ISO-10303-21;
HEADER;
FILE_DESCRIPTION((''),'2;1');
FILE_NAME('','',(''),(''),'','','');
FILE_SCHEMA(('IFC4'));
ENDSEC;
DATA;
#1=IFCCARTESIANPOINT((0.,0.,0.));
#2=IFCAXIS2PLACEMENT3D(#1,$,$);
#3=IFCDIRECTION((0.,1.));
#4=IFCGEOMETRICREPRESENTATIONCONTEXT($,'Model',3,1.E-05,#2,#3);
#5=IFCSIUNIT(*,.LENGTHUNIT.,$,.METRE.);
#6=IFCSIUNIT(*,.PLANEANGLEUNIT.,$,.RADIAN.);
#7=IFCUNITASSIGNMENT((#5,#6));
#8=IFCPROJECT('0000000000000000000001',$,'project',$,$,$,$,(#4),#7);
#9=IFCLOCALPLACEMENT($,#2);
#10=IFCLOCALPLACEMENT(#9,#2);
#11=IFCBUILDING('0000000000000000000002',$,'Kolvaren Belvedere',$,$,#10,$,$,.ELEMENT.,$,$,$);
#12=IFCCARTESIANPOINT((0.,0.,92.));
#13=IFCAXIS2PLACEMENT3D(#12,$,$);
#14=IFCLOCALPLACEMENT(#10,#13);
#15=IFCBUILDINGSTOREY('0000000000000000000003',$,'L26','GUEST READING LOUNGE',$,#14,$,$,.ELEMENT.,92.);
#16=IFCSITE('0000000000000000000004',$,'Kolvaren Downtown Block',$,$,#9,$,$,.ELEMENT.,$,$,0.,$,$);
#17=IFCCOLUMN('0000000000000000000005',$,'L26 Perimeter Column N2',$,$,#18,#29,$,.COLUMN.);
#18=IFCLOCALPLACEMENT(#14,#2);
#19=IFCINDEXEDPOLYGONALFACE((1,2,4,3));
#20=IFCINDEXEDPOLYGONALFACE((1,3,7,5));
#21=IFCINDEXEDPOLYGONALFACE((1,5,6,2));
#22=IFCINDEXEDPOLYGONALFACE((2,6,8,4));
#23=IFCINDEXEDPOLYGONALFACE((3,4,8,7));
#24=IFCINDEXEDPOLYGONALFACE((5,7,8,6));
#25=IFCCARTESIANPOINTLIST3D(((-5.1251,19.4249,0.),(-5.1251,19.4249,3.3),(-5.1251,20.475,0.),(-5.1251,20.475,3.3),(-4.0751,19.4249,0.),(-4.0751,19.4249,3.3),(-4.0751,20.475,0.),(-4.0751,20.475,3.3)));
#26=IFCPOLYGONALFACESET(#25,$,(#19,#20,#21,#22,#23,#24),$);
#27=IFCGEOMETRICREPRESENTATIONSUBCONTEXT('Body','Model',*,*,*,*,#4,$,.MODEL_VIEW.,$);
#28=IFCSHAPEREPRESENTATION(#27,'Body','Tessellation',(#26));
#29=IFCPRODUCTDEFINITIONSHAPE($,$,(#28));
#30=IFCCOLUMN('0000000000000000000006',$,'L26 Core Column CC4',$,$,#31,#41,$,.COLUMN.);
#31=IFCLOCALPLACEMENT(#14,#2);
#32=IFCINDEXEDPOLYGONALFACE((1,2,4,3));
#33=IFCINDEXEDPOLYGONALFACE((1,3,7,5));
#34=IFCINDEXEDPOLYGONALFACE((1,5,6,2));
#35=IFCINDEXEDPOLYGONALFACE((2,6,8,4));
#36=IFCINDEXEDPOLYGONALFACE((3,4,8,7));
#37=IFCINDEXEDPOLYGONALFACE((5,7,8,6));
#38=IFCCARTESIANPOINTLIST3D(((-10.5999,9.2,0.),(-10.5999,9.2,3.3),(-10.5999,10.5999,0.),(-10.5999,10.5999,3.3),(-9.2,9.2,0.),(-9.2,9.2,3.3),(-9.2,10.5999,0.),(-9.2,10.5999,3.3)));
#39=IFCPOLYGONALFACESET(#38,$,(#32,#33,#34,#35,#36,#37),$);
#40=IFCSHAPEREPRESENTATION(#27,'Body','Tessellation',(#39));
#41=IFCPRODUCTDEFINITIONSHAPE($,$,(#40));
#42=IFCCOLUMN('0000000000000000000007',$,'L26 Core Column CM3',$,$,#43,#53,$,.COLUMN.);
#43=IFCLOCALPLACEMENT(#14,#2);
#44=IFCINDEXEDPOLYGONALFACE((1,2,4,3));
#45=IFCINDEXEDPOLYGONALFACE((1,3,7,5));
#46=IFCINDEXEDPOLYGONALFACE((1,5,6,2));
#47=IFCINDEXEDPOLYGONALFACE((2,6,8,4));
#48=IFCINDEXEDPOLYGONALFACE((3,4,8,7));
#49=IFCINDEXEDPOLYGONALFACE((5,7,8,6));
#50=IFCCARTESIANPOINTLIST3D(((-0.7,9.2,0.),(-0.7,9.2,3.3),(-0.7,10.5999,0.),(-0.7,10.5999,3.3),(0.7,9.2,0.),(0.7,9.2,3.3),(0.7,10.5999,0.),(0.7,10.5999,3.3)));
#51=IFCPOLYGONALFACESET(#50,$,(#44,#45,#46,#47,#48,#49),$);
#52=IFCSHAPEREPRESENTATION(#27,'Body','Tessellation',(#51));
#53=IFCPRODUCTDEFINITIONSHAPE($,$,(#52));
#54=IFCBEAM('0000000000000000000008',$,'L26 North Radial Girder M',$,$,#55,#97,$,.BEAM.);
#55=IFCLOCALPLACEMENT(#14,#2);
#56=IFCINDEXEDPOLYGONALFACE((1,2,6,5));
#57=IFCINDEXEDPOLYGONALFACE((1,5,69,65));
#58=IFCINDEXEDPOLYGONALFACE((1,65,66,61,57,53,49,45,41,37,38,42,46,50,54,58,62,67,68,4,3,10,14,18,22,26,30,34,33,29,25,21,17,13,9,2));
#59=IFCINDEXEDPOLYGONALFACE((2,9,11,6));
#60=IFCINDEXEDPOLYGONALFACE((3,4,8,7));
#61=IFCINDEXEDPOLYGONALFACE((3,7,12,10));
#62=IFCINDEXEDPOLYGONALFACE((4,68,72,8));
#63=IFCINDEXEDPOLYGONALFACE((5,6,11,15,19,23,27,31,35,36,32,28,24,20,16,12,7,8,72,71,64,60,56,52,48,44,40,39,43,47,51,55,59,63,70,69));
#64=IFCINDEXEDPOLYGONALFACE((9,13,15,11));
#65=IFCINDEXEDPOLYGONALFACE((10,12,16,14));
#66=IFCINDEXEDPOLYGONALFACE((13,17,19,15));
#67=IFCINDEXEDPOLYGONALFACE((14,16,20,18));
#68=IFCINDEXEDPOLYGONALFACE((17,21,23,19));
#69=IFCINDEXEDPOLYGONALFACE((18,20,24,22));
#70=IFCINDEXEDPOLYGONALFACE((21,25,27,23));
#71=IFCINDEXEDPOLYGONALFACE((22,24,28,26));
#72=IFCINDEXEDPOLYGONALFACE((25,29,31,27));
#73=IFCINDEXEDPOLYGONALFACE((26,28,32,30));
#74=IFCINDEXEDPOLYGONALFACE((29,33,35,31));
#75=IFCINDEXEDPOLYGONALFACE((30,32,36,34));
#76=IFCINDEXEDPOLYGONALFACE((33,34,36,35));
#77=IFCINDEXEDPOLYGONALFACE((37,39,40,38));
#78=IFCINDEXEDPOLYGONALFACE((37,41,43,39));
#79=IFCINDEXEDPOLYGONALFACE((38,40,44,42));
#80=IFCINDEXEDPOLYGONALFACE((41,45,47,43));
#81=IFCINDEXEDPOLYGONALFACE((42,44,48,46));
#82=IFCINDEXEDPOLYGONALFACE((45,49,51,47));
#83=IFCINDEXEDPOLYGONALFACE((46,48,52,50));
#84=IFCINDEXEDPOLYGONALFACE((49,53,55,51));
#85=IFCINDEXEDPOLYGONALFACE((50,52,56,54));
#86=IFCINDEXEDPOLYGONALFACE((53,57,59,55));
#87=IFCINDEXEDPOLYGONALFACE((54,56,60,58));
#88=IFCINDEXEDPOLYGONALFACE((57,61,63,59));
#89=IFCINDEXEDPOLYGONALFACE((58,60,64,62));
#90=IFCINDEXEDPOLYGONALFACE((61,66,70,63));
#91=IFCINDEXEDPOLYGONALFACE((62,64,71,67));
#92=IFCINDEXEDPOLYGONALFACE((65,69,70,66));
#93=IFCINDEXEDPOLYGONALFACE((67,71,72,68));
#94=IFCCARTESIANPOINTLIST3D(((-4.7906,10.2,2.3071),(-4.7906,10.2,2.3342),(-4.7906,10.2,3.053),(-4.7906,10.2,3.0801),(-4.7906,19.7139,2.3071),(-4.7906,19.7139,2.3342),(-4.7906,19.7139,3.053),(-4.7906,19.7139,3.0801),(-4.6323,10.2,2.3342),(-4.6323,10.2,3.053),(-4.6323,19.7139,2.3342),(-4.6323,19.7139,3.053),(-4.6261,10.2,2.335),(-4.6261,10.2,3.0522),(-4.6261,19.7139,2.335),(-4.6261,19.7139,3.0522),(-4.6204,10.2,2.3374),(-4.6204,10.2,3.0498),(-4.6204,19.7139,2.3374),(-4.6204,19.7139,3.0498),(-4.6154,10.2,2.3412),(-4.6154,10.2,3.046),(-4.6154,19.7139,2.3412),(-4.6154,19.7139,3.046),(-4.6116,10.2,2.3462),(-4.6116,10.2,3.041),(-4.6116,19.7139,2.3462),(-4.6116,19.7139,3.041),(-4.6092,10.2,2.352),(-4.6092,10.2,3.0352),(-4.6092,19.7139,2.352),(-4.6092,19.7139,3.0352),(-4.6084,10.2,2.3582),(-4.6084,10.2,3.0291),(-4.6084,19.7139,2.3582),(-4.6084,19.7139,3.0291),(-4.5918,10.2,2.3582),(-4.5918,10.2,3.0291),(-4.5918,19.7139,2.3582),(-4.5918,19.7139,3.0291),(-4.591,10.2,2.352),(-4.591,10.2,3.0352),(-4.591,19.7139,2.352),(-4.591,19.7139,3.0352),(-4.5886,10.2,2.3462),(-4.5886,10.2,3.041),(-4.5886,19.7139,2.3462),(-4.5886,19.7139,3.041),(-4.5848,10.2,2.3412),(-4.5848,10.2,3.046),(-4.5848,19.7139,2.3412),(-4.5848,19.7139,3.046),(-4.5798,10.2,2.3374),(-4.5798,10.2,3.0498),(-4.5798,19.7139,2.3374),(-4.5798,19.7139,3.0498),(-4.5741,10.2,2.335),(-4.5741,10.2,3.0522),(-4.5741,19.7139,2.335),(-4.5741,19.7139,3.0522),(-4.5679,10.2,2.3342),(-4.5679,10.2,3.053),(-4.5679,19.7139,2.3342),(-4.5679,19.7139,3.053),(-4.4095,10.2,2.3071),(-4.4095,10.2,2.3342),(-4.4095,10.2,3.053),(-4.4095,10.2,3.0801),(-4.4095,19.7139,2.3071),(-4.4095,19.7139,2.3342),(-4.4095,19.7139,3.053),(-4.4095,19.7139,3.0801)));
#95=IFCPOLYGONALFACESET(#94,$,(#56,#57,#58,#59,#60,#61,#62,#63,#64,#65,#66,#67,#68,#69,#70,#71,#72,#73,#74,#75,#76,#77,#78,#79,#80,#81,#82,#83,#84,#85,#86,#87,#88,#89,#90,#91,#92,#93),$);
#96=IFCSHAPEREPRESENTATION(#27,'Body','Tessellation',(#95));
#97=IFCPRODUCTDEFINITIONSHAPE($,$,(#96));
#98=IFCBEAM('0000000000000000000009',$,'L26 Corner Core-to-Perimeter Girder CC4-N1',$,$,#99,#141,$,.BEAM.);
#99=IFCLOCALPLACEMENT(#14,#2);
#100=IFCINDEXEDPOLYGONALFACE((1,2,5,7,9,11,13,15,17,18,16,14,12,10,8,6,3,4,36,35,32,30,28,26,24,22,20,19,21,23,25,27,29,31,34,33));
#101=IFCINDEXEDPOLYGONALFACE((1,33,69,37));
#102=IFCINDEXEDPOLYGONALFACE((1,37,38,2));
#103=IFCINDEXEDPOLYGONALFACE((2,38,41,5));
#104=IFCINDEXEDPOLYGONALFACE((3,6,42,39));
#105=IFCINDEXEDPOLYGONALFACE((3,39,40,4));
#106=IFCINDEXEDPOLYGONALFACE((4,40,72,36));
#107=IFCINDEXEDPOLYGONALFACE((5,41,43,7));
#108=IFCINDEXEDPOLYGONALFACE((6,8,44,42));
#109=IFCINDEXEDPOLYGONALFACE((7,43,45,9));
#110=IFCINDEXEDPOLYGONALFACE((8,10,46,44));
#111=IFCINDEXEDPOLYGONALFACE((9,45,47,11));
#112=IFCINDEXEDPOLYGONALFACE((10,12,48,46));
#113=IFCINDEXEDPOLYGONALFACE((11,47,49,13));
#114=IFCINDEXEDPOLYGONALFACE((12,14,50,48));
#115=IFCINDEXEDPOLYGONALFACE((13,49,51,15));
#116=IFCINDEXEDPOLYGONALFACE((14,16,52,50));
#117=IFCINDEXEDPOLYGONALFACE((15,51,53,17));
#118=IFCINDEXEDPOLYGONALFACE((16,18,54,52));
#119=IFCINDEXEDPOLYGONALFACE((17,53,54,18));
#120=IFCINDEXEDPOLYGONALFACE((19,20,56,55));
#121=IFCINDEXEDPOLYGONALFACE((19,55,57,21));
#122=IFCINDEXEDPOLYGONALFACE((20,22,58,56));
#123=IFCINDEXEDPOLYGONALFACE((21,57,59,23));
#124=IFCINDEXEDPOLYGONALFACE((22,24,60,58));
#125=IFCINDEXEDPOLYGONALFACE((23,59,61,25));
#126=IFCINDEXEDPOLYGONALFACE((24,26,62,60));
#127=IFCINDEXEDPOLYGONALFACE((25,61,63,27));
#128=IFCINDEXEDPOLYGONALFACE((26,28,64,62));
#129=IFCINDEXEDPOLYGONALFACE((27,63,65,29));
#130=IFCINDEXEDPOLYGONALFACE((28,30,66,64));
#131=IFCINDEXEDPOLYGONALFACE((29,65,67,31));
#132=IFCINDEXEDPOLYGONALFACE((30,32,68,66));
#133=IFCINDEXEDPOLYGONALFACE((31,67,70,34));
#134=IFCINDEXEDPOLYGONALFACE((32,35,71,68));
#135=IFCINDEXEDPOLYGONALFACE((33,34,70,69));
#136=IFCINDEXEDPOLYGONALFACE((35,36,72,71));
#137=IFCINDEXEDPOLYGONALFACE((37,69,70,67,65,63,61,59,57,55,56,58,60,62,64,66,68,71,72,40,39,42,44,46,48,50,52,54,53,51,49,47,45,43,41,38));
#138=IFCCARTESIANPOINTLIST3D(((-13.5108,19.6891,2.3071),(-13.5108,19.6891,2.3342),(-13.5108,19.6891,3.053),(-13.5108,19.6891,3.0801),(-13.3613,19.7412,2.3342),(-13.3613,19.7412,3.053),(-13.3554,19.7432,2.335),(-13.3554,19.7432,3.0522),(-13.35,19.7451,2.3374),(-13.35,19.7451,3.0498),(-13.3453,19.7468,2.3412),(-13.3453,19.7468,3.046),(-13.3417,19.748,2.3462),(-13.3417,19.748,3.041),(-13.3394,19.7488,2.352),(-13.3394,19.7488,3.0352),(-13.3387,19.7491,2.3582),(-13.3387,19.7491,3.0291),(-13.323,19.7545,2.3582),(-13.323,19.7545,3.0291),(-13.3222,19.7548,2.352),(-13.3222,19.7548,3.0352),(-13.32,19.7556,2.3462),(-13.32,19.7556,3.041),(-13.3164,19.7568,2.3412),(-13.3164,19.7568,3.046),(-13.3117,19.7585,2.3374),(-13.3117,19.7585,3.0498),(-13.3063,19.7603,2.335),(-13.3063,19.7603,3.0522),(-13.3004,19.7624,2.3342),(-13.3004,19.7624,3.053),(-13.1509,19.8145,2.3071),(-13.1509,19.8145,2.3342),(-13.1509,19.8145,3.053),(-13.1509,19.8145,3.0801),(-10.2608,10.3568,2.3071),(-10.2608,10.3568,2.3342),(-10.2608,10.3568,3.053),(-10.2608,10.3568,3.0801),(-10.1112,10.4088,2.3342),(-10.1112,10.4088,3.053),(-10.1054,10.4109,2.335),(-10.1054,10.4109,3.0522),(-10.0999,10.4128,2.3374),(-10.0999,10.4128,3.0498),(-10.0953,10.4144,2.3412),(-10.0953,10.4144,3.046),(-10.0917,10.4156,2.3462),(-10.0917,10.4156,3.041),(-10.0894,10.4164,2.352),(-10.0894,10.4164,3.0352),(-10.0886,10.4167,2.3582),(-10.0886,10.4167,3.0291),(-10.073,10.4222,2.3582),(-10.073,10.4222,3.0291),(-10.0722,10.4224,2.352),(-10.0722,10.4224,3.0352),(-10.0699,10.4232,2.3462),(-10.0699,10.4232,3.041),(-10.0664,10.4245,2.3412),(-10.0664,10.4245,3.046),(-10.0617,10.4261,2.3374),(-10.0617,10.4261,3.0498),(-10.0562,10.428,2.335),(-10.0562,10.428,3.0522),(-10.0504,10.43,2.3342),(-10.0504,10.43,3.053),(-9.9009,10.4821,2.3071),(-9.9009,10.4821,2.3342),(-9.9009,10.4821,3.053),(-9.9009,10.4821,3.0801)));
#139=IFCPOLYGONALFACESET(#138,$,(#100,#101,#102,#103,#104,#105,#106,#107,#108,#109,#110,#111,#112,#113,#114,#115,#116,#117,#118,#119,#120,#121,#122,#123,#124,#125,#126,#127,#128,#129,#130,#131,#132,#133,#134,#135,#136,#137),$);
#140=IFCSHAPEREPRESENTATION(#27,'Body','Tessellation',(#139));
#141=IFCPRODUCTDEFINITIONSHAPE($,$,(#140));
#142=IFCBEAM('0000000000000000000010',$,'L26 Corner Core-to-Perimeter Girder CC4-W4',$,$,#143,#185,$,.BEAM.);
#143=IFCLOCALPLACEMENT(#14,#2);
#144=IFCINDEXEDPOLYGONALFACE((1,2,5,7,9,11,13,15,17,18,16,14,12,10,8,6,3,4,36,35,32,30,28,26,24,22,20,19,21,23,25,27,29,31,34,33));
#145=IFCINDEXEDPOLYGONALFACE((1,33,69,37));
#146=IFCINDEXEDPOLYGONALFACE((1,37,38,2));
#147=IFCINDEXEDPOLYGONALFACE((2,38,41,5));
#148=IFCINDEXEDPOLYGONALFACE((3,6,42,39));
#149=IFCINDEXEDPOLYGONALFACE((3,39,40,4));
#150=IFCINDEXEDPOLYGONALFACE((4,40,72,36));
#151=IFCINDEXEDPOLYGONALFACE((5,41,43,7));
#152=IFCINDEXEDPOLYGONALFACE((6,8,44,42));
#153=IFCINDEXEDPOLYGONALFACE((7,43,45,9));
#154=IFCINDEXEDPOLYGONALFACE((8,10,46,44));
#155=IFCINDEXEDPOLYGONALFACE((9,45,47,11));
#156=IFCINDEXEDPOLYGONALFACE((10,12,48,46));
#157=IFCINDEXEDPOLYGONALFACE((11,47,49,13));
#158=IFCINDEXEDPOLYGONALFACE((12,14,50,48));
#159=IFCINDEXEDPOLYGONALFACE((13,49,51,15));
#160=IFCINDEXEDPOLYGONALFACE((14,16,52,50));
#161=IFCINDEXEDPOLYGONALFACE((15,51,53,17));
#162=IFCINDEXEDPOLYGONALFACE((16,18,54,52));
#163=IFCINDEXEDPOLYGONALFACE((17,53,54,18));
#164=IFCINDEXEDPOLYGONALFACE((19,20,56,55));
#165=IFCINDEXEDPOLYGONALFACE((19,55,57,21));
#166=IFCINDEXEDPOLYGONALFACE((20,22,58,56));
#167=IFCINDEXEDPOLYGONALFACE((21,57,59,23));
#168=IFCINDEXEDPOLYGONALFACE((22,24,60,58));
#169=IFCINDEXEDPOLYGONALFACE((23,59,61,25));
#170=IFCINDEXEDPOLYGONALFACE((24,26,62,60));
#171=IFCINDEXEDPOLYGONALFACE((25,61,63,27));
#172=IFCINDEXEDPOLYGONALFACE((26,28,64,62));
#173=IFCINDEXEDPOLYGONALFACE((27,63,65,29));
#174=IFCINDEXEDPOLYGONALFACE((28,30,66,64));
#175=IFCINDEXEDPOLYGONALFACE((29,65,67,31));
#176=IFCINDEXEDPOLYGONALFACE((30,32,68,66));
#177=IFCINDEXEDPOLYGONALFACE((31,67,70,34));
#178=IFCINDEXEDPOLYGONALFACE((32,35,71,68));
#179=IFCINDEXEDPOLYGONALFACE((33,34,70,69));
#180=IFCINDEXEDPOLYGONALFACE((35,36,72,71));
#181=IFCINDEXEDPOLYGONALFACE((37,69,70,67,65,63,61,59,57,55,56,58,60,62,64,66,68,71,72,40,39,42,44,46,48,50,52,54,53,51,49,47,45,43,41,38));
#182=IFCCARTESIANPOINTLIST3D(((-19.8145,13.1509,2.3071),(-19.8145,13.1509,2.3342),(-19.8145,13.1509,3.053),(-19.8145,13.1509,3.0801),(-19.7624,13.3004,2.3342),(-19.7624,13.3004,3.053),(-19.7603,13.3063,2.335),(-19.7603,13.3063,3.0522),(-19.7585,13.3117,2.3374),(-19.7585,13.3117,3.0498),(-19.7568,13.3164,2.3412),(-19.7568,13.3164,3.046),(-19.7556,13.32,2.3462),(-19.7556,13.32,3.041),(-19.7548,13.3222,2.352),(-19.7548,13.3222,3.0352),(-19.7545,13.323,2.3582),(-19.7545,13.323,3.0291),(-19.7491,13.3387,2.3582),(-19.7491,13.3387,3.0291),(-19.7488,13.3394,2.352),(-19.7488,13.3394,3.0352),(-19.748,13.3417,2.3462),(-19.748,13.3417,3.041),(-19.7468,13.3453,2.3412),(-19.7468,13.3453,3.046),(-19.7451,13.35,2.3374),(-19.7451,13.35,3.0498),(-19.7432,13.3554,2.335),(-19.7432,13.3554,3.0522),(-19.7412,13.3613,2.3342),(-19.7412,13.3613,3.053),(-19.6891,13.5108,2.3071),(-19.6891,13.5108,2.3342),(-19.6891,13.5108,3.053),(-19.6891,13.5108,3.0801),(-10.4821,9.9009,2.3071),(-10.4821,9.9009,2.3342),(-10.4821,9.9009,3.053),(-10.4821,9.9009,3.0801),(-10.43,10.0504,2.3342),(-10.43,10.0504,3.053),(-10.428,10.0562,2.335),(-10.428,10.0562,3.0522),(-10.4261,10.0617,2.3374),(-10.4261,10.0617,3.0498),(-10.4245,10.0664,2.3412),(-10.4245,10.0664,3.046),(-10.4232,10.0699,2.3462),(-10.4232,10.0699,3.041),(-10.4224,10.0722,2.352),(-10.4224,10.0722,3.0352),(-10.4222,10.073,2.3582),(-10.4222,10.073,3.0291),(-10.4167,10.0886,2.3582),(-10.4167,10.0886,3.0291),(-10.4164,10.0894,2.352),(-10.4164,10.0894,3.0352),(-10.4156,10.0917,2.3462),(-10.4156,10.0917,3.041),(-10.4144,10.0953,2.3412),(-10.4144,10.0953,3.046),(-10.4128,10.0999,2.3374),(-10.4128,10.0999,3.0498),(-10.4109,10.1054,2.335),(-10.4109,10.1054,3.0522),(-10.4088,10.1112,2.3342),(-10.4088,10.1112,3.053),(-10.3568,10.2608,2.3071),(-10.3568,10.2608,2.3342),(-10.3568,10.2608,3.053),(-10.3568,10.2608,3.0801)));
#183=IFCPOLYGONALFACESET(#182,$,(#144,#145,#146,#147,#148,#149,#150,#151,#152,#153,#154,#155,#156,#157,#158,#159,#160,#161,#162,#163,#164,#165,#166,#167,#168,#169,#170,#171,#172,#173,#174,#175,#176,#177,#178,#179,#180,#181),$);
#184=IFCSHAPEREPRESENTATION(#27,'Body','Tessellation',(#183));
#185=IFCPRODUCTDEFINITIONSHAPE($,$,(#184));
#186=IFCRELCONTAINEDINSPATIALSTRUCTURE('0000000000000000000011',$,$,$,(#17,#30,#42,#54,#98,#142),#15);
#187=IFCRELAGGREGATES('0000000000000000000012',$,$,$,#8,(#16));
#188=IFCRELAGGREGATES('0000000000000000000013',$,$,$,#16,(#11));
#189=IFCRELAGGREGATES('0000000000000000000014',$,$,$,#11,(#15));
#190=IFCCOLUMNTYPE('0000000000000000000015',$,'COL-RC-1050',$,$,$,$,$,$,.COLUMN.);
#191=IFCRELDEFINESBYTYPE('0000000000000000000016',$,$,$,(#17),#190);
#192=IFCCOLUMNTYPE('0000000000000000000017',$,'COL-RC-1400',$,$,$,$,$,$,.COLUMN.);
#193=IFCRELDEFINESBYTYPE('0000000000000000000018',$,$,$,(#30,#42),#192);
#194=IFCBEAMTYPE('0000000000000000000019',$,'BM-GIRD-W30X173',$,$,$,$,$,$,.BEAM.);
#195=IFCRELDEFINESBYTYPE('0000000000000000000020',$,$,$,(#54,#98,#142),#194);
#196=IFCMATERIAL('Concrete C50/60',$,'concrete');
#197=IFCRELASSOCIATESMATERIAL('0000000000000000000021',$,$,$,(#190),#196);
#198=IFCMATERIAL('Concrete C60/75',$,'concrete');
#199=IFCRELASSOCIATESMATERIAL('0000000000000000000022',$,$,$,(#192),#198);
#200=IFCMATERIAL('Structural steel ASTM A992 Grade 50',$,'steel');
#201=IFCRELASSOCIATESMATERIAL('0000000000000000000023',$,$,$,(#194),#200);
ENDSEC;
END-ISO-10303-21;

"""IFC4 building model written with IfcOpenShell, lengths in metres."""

from ifc_helpers import new_model, si_unit, direction, frame, origin, origin_2d, place, context, subcontext, project, spatial, rectangle, i_section, extrude, material, material_profile, profile_set, type_object, element, save


model = new_model("IFC4")

# Units and contexts
model_context = context("Model", 3, precision=1e-05, world=origin(), true_north=direction((0.0, 1.0)))
body_context = subcontext(model_context, "Body", "Model", "MODEL_VIEW")
ifc_project = project(units=[si_unit("LENGTHUNIT", "METRE"), si_unit("PLANEANGLEUNIT", "RADIAN")], contexts=[model_context])

# Site, building, storey
site_placement = place(None, origin())
site = spatial("IfcSite", under=ifc_project, at=site_placement, Name="Kolvaren Downtown Block", CompositionType="ELEMENT", RefElevation=0.0)
building_placement = place(site_placement, origin())
building = spatial("IfcBuilding", under=site, at=building_placement, Name="Kolvaren Belvedere", CompositionType="ELEMENT")
storey_placement = place(building_placement, frame((0.0, 0.0, 92.0)))
storey = spatial("IfcBuildingStorey", under=building, at=storey_placement, Name="L26", Description="GUEST READING LOUNGE", CompositionType="ELEMENT", Elevation=92.0)

# Columns
ifc_material_1 = material(Name="Concrete C50/60", Category="concrete")
ifc_material_profile_1 = material_profile(ifc_material_1, rectangle(XDim=1.05, YDim=1.05, at=origin_2d()), Name="RC 1050X1050")
ifc_profile_set_1 = profile_set([ifc_material_profile_1], Name="Concrete C50/60")
column_type_1 = type_object("IfcColumnType", Name="COL-RC-1050", PredefinedType="COLUMN", material=ifc_profile_set_1)
column_placement = place(storey_placement, frame((-4.6001, 19.95, 0.0), z_axis=(0.0, 0.0, 1.0), x_axis=(1.0, 0.0, 0.0)))
element("IfcColumn", 1, at=column_placement, inside=storey, type_object=column_type_1, Name="L26 Perimeter Column N2", PredefinedType="COLUMN", context=body_context, shape_type="SweptSolid", body=[
    extrude(rectangle(XDim=1.05, YDim=1.05, at=origin_2d()), origin(), (0.0, 0.0, 1.0), 3.3),
])
ifc_material_2 = material(Name="Concrete C60/75", Category="concrete")
ifc_material_profile_2 = material_profile(ifc_material_2, rectangle(XDim=1.3999, YDim=1.3999, at=origin_2d()), Name="RC 1400X1400")
ifc_profile_set_2 = profile_set([ifc_material_profile_2], Name="Concrete C60/75")
column_type_2 = type_object("IfcColumnType", Name="COL-RC-1400", PredefinedType="COLUMN", material=ifc_profile_set_2)
for number, where, z_axis, x_axis, name in (
    (2, (-9.8999, 9.8999, 0.0), (0.0, 0.0, 1.0), (1.0, 0.0, 0.0), "L26 Core Column CC4"),
    (3, (0.0, 9.8999, 0.0), (0.0, 0.0, 1.0), (1.0, 0.0, 0.0), "L26 Core Column CM3"),
):
    element("IfcColumn", number, at=place(storey_placement, frame(where, z_axis=z_axis, x_axis=x_axis)), inside=storey, type_object=column_type_2, Name=name, PredefinedType="COLUMN", context=body_context, shape_type="SweptSolid", body=[
        extrude(rectangle(XDim=1.3999, YDim=1.3999, at=origin_2d()), origin(), (0.0, 0.0, 1.0), 3.3),
    ])

# Beams
ifc_material_3 = material(Name="Structural steel ASTM A992 Grade 50", Category="steel")
ifc_material_profile_3 = material_profile(ifc_material_3, i_section(OverallWidth=0.3811, OverallDepth=0.7729, WebThickness=0.0166, FlangeThickness=0.0271, FilletRadius=0.0239, at=origin_2d()), Name="W30X173")
ifc_profile_set_3 = profile_set([ifc_material_profile_3], Name="Structural steel ASTM A992 Grade 50")
beam_type_1 = type_object("IfcBeamType", Name="BM-GIRD-W30X173", PredefinedType="BEAM", material=ifc_profile_set_3)
beam_1_placement = place(storey_placement, frame((-4.6001, 10.2, 2.6936), z_axis=(0.0, 1.0, 0.0), x_axis=(-1.0, 0.0, 0.0)))
element("IfcBeam", 4, at=beam_1_placement, inside=storey, type_object=beam_type_1, Name="L26 North Radial Girder M", PredefinedType="BEAM", context=body_context, shape_type="SweptSolid", body=[
    extrude(i_section(OverallWidth=0.3811, OverallDepth=0.7729, WebThickness=0.0166, FlangeThickness=0.0271, FilletRadius=0.0239, at=origin_2d()), origin(), (0.0, 0.0, 1.0), 9.5139),
])
for number, where, z_axis, x_axis, name in (
    (5, (-10.0808, 10.4194, 2.6936), (-0.328881, 0.944371, 0.0), (-0.944371, -0.328881, 0.0), "L26 Corner Core-to-Perimeter Girder CC4-N1"),
    (6, (-10.4194, 10.0808, 2.6936), (-0.944371, 0.328881, 0.0), (-0.328881, -0.944371, 0.0), "L26 Corner Core-to-Perimeter Girder CC4-W4"),
):
    element("IfcBeam", number, at=place(storey_placement, frame(where, z_axis=z_axis, x_axis=x_axis)), inside=storey, type_object=beam_type_1, Name=name, PredefinedType="BEAM", context=body_context, shape_type="SweptSolid", body=[
        extrude(i_section(OverallWidth=0.3811, OverallDepth=0.7729, WebThickness=0.0166, FlangeThickness=0.0271, FilletRadius=0.0239, at=origin_2d()), origin(), (0.0, 0.0, 1.0), 9.8821),
    ])

save(model, "model.ifc")
